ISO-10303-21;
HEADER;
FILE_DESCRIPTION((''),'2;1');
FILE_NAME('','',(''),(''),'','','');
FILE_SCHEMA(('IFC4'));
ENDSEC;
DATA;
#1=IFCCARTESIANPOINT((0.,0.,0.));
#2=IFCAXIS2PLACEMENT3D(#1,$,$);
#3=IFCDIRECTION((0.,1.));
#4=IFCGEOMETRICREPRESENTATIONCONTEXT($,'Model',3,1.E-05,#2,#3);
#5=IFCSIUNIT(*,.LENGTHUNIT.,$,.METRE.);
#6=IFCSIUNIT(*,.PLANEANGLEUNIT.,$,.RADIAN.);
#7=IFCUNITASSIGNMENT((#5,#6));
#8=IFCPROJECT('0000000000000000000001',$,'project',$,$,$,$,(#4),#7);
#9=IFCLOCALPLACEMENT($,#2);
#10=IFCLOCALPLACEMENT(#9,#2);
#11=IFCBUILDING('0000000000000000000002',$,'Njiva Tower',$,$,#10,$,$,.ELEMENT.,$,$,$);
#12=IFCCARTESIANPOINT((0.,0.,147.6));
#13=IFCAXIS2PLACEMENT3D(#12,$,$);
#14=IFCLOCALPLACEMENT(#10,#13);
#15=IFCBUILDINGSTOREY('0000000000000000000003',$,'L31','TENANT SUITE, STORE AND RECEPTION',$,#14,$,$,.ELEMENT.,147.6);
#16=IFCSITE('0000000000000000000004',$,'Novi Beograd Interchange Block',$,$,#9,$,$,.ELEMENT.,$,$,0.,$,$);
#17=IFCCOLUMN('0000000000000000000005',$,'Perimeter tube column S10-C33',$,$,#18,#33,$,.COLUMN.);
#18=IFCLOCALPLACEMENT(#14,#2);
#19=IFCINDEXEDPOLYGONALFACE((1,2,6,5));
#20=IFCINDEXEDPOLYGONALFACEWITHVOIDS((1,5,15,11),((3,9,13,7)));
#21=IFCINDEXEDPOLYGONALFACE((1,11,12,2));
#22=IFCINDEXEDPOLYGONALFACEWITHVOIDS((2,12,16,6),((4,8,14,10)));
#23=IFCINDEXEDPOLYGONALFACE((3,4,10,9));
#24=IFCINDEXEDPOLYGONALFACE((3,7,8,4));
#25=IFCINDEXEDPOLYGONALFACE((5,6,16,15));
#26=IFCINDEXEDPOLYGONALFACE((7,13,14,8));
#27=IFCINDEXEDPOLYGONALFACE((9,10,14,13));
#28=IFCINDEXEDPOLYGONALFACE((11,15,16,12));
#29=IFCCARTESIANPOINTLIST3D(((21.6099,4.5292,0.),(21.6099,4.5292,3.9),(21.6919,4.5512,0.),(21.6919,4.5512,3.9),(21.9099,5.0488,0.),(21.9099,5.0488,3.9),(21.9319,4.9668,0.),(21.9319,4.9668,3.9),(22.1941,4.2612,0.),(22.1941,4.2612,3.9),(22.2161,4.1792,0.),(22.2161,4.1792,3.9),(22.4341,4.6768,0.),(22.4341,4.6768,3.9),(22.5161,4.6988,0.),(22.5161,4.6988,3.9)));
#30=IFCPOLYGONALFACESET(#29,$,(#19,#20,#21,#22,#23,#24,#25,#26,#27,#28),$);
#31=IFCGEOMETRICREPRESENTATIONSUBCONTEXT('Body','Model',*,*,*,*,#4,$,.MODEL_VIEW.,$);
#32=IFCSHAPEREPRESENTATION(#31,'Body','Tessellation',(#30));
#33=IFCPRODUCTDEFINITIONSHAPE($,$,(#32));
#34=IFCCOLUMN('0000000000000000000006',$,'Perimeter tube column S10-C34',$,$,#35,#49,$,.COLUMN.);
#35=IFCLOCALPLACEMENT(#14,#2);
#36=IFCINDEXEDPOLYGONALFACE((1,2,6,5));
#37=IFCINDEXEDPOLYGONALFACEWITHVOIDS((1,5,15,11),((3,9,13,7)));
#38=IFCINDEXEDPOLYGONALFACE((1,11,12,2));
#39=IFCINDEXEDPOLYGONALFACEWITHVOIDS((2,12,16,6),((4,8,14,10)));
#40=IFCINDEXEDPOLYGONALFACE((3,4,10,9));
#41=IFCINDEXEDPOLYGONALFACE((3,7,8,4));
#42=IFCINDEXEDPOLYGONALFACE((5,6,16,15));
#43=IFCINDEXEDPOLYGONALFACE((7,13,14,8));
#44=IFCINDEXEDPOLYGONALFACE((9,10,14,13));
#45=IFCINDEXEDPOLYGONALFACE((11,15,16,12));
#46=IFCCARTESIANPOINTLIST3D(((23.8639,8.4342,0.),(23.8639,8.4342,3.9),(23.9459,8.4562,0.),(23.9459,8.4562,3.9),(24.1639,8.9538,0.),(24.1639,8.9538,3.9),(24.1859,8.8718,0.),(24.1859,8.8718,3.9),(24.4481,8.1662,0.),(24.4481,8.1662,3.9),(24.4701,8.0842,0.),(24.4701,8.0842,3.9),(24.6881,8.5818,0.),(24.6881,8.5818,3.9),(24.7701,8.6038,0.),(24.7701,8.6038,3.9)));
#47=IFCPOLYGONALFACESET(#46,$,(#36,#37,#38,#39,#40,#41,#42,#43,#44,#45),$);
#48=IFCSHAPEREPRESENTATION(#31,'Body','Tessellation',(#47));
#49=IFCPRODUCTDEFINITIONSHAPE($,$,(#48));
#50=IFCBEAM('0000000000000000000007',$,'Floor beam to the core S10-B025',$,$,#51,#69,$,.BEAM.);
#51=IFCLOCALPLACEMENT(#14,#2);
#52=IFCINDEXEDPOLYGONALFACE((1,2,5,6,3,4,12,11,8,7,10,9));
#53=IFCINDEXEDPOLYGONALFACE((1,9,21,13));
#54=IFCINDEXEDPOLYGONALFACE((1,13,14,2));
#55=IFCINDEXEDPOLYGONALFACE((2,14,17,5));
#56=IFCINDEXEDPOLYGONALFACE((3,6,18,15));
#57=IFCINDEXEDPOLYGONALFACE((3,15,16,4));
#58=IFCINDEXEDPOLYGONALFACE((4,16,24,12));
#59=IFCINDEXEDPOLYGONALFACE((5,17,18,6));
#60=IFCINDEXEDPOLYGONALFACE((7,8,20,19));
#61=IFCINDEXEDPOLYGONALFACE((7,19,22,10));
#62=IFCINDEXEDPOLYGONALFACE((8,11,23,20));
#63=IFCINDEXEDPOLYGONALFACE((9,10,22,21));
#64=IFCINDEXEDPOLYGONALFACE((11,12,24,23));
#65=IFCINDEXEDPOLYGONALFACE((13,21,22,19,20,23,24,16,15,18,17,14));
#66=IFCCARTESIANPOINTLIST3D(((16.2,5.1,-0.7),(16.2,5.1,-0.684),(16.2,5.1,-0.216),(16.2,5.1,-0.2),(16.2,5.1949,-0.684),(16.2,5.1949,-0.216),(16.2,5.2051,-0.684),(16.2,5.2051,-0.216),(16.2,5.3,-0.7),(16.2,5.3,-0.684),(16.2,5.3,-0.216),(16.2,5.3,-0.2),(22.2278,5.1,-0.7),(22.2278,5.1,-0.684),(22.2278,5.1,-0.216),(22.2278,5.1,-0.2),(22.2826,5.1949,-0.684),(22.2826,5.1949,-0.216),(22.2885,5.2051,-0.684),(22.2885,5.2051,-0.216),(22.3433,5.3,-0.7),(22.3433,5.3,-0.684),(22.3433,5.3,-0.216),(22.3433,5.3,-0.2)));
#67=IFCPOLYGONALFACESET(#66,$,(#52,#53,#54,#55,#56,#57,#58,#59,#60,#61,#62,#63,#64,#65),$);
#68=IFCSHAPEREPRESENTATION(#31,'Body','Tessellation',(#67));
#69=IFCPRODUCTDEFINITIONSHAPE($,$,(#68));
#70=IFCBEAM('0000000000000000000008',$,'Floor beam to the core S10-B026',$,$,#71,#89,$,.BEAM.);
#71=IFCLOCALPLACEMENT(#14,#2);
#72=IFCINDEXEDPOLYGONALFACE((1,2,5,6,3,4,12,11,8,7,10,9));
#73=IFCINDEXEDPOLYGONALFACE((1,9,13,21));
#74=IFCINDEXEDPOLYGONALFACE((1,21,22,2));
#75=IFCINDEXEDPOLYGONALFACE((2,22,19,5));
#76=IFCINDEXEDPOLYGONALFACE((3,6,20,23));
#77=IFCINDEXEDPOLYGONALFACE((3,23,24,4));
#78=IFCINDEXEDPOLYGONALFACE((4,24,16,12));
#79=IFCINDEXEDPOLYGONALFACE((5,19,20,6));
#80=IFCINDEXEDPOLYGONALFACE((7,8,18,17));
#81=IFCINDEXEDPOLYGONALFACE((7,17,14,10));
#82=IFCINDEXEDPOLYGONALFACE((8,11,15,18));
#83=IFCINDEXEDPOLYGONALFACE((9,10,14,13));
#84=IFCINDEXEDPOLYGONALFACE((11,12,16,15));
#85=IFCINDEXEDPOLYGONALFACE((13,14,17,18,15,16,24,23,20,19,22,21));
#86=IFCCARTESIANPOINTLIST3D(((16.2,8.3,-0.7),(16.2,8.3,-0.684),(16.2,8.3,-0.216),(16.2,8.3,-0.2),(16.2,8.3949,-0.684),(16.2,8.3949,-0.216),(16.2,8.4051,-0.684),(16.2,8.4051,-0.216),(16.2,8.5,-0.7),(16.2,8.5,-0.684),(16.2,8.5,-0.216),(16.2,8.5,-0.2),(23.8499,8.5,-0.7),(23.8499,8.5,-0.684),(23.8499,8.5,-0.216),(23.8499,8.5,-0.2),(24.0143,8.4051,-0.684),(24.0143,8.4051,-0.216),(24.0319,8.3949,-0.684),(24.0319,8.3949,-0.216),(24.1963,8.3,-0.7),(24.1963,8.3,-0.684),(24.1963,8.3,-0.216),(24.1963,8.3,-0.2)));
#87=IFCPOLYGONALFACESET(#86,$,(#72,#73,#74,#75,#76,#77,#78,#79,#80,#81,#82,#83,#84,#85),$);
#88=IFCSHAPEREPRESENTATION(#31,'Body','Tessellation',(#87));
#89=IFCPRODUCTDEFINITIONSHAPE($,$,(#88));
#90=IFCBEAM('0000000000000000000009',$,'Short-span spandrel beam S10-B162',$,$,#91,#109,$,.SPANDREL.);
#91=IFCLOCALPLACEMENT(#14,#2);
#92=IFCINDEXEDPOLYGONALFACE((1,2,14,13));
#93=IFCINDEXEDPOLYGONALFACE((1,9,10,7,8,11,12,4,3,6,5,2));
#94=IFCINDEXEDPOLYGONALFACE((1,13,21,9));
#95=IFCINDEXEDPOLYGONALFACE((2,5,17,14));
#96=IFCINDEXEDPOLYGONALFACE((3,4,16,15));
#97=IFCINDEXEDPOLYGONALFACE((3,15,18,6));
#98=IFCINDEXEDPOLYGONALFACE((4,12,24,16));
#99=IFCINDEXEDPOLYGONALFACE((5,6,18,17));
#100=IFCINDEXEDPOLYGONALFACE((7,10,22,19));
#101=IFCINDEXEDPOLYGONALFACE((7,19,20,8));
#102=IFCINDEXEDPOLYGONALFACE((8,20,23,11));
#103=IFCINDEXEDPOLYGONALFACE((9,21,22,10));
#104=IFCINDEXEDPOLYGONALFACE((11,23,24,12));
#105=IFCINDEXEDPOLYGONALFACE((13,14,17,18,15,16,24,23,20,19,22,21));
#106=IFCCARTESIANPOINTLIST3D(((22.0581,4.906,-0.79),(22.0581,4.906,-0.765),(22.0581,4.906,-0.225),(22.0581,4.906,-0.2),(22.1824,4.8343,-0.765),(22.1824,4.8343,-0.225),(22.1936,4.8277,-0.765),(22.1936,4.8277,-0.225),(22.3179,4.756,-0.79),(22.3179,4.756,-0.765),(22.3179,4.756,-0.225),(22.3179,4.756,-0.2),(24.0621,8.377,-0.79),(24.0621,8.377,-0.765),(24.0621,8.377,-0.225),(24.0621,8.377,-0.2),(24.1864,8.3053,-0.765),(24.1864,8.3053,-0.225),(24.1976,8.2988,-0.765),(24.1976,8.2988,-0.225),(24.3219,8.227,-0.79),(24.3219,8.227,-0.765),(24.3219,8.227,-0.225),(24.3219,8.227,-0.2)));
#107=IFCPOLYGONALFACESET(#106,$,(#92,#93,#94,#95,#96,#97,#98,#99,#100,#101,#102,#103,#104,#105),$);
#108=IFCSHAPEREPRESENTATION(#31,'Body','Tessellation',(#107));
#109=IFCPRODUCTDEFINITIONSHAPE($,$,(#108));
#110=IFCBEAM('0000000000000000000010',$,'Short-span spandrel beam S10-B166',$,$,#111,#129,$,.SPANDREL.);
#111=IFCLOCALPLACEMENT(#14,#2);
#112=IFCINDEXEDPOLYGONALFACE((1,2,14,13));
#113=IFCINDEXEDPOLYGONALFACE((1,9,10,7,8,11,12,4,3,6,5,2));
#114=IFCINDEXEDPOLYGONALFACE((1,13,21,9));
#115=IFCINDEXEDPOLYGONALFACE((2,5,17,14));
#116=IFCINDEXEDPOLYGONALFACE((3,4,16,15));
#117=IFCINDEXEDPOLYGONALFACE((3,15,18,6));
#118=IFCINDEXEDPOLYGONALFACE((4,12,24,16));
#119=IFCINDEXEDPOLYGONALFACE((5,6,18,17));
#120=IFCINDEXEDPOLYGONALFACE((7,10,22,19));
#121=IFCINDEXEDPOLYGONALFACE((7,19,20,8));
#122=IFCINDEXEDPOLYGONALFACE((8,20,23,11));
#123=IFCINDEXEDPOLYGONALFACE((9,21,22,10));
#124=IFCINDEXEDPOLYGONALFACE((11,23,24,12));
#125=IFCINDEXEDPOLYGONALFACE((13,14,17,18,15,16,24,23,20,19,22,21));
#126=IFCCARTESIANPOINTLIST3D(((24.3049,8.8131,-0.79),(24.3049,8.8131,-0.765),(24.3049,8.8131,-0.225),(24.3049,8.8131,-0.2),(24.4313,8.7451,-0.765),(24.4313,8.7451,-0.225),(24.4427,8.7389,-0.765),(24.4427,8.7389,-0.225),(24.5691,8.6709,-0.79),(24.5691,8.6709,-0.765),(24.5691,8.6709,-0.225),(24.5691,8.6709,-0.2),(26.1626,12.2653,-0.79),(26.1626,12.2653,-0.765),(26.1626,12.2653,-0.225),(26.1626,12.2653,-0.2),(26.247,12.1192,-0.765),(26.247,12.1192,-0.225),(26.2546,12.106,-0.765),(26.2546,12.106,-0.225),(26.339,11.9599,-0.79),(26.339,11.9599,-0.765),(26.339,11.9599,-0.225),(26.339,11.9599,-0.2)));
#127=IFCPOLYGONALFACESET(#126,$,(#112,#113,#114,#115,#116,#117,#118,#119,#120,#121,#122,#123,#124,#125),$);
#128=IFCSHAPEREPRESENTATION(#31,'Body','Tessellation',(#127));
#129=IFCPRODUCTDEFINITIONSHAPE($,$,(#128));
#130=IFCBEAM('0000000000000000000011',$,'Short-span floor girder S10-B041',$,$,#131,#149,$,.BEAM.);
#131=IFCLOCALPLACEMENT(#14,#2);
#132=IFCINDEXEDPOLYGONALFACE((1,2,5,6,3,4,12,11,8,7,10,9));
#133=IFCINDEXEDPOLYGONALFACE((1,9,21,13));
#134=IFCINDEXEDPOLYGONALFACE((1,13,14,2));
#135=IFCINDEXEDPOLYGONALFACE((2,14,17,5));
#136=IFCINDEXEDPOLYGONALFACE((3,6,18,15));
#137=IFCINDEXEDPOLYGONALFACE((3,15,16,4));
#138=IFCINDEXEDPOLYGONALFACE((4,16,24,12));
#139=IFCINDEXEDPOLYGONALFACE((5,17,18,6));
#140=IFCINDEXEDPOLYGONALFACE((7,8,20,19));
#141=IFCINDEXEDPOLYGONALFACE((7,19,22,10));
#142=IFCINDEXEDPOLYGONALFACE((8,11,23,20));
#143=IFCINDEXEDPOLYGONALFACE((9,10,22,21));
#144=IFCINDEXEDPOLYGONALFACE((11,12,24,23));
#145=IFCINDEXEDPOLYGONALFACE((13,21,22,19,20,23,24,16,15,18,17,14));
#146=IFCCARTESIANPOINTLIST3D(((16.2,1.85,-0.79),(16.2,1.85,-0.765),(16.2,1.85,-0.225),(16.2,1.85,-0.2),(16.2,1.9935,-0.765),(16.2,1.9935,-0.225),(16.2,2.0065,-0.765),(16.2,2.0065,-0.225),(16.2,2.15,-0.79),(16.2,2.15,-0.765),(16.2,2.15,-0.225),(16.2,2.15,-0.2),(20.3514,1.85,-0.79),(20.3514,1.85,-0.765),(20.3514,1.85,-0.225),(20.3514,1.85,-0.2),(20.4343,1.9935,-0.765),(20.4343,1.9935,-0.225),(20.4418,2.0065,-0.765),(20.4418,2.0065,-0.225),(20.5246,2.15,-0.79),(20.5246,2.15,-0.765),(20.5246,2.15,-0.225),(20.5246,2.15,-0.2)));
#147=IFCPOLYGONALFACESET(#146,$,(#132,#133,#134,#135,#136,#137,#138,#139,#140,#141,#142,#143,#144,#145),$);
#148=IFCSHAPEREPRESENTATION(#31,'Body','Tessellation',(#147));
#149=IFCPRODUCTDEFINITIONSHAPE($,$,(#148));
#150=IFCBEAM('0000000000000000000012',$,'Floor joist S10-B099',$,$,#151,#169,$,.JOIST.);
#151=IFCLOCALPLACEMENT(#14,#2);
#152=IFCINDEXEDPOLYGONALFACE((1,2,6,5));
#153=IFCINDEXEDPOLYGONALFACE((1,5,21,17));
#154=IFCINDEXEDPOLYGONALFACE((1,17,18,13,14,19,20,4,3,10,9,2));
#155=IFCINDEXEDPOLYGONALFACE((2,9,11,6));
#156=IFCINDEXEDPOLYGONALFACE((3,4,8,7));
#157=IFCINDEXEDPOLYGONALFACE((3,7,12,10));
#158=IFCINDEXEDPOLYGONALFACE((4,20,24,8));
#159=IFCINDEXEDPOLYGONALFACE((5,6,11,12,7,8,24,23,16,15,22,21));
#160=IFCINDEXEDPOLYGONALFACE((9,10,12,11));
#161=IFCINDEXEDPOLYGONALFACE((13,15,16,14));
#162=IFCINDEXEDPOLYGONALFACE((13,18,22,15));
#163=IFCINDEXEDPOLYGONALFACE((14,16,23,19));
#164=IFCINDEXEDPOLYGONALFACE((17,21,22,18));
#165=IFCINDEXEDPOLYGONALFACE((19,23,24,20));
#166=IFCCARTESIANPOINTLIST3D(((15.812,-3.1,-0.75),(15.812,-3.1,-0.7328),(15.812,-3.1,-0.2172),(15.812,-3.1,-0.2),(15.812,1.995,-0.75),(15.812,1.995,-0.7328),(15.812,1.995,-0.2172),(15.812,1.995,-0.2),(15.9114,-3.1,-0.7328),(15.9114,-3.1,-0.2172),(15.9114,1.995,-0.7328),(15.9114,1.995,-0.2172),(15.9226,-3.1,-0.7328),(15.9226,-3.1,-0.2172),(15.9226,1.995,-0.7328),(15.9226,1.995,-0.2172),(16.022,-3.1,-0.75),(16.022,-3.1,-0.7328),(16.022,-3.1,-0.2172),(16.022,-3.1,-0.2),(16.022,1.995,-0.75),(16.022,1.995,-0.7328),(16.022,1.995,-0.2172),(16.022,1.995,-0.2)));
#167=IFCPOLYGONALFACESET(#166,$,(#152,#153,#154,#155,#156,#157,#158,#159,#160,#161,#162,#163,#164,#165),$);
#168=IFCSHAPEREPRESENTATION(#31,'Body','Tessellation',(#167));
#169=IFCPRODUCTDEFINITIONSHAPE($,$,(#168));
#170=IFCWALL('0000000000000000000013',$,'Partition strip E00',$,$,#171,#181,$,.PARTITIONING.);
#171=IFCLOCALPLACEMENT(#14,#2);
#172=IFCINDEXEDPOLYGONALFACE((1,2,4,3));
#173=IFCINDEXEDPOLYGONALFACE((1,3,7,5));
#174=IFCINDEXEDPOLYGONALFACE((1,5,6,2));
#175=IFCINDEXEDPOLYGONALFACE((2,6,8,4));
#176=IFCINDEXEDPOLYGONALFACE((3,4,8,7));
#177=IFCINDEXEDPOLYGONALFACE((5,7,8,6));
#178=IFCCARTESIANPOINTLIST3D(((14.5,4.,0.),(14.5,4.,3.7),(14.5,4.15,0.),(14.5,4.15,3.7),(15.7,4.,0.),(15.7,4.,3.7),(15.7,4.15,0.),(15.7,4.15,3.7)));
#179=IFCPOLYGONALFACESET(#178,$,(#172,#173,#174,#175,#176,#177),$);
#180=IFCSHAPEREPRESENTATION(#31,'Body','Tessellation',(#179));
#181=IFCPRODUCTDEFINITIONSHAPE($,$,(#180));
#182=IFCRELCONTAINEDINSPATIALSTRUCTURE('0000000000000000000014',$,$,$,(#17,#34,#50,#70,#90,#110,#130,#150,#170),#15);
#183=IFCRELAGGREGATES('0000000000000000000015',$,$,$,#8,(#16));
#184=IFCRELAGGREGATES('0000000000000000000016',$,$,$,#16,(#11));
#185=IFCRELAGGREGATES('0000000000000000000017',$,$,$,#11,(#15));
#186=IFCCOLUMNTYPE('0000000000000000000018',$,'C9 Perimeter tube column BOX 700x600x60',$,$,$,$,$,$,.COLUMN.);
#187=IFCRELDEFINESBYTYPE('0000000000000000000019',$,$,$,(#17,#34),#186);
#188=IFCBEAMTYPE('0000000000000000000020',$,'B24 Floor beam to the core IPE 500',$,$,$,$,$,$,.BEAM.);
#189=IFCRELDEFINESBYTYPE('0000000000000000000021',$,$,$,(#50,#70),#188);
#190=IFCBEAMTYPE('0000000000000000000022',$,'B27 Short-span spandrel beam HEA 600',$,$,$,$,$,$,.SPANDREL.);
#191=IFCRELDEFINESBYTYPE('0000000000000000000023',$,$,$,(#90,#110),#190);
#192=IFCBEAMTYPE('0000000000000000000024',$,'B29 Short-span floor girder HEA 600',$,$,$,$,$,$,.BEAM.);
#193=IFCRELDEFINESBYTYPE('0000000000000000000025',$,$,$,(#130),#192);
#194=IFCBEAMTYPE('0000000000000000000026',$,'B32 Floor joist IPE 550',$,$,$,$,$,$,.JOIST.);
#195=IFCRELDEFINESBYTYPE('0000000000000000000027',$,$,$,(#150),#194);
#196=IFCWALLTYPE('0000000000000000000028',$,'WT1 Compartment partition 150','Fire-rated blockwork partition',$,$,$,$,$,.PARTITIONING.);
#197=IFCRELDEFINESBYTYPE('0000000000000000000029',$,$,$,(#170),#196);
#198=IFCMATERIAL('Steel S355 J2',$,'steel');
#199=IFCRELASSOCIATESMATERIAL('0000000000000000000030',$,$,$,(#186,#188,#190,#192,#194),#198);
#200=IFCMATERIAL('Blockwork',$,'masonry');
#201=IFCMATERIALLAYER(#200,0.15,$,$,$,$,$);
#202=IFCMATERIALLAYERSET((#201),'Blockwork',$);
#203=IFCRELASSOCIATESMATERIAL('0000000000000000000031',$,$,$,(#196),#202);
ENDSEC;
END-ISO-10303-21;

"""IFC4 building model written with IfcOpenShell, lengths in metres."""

from ifc_helpers import new_model, si_unit, direction, frame, frame_2d, origin, origin_2d, place, context, subcontext, project, spatial, rectangle, hollow_rectangle, i_section, extrude, clip, halfspace, material, layer, layer_set, material_profile, profile_set, type_object, element, save


model = new_model("IFC4")

# Units and contexts
model_context = context("Model", 3, precision=1e-05, world=origin(), true_north=direction((0.0, 1.0)))
body_context = subcontext(model_context, "Body", "Model", "MODEL_VIEW")
ifc_project = project(units=[si_unit("LENGTHUNIT", "METRE"), si_unit("PLANEANGLEUNIT", "RADIAN")], contexts=[model_context])

# Site, building, storey
site_placement = place(None, origin())
site = spatial("IfcSite", under=ifc_project, at=site_placement, Name="Novi Beograd Interchange Block", CompositionType="ELEMENT", RefElevation=0.0)
building_placement = place(site_placement, origin())
building = spatial("IfcBuilding", under=site, at=building_placement, Name="Njiva Tower", CompositionType="ELEMENT")
storey_placement = place(building_placement, frame((0.0, 0.0, 147.6)))
storey = spatial("IfcBuildingStorey", under=building, at=storey_placement, Name="L31", Description="TENANT SUITE, STORE AND RECEPTION", CompositionType="ELEMENT", Elevation=147.6)

# Columns
ifc_material_1 = material(Name="Steel S355 J2", Category="steel")
ifc_material_profile_1 = material_profile(ifc_material_1, hollow_rectangle(XDim=0.6, YDim=0.7, WallThickness=0.06, at=origin_2d()), Name="BOX 700x600x60")
ifc_profile_set_1 = profile_set([ifc_material_profile_1], Name="Steel S355 J2")
column_type = type_object("IfcColumnType", Name="C9 Perimeter tube column BOX 700x600x60", PredefinedType="COLUMN", material=ifc_profile_set_1)
for number, where, z_axis, x_axis, name in (
    (1, (22.063, 4.614, 0.0), (0.0, 0.0, 1.0), (0.5, 0.866025, 0.0), "Perimeter tube column S10-C33"),
    (2, (24.317, 8.519, 0.0), (0.0, 0.0, 1.0), (0.5, 0.866025, 0.0), "Perimeter tube column S10-C34"),
):
    element("IfcColumn", number, at=place(storey_placement, frame(where, z_axis=z_axis, x_axis=x_axis)), inside=storey, type_object=column_type, Name=name, PredefinedType="COLUMN", context=body_context, shape_type="SweptSolid", body=[
        extrude(hollow_rectangle(XDim=0.6, YDim=0.7, WallThickness=0.06, at=origin_2d()), origin(), (0.0, 0.0, 1.0), 3.9),
    ])

# Beams
ifc_material_profile_2 = material_profile(ifc_material_1, i_section(OverallWidth=0.2, OverallDepth=0.5, WebThickness=0.0102, FlangeThickness=0.016, at=origin_2d()), Name="IPE 500")
ifc_profile_set_2 = profile_set([ifc_material_profile_2], Name="Steel S355 J2")
beam_type_1 = type_object("IfcBeamType", Name="B24 Floor beam to the core IPE 500", PredefinedType="BEAM", material=ifc_profile_set_2)
beam_1_placement = place(storey_placement, frame((16.2, 5.2, -0.45), z_axis=(1.0, 0.0, 0.0), x_axis=(0.0, 1.0, 0.0)))
element("IfcBeam", 3, at=beam_1_placement, inside=storey, type_object=beam_type_1, Name="Floor beam to the core S10-B025", PredefinedType="BEAM", context=body_context, shape_type="Clipping", body=[
    clip(extrude(i_section(OverallWidth=0.2, OverallDepth=0.5, WebThickness=0.0102, FlangeThickness=0.016, at=origin_2d()), origin(), (0.0, 0.0, 1.0), 6.164), halfspace(frame((-0.025, 0.0, 6.0711), z_axis=(-0.499998, 0.0, 0.866027), x_axis=(0.0, 1.0, 0.0)), False)),
])
beam_2_placement = place(storey_placement, frame((16.2, 8.4, -0.45), z_axis=(1.0, 0.0, 0.0), x_axis=(0.0, 1.0, 0.0)))
element("IfcBeam", 4, at=beam_2_placement, inside=storey, type_object=beam_type_1, Name="Floor beam to the core S10-B026", PredefinedType="BEAM", context=body_context, shape_type="Clipping", body=[
    clip(extrude(i_section(OverallWidth=0.2, OverallDepth=0.5, WebThickness=0.0102, FlangeThickness=0.016, at=origin_2d()), origin(), (0.0, 0.0, 1.0), 8.016), halfspace(frame((0.0433, 0.0, 7.7481), z_axis=(0.866027, 0.0, 0.499998), x_axis=(0.0, 1.0, 0.0)), False)),
])
ifc_material_profile_3 = material_profile(ifc_material_1, i_section(OverallWidth=0.3, OverallDepth=0.59, WebThickness=0.013, FlangeThickness=0.025, at=origin_2d()), Name="HEA 600")
ifc_profile_set_3 = profile_set([ifc_material_profile_3], Name="Steel S355 J2")
beam_type_2 = type_object("IfcBeamType", Name="B27 Short-span spandrel beam HEA 600", PredefinedType="SPANDREL", material=ifc_profile_set_3)
beam_3_placement = place(storey_placement, frame((22.188, 4.831, -0.495), z_axis=(0.500003, 0.866024, 0.0), x_axis=(-0.866024, 0.500003, 0.0)))
element("IfcBeam", 5, at=beam_3_placement, inside=storey, type_object=beam_type_2, Name="Short-span spandrel beam S10-B162", PredefinedType="SPANDREL", context=body_context, shape_type="SweptSolid", body=[
    extrude(i_section(OverallWidth=0.3, OverallDepth=0.59, WebThickness=0.013, FlangeThickness=0.025, at=origin_2d()), origin(), (0.0, 0.0, 1.0), 4.008),
])
beam_4_placement = place(storey_placement, frame((24.437, 8.742, -0.495), z_axis=(0.473866, 0.880597, 0.0), x_axis=(-0.880597, 0.473866, 0.0)))
element("IfcBeam", 6, at=beam_4_placement, inside=storey, type_object=beam_type_2, Name="Short-span spandrel beam S10-B166", PredefinedType="SPANDREL", context=body_context, shape_type="Clipping", body=[
    clip(extrude(i_section(OverallWidth=0.3, OverallDepth=0.59, WebThickness=0.013, FlangeThickness=0.025, at=origin_2d()), origin(), (0.0, 0.0, 1.0), 3.9411), halfspace(frame((-0.026, 0.0, 3.8116), z_axis=(-0.525688, 0.0, 0.850677), x_axis=(0.0, 1.0, 0.0)), False)),
])
ifc_material_profile_4 = material_profile(ifc_material_1, i_section(OverallWidth=0.3, OverallDepth=0.59, WebThickness=0.013, FlangeThickness=0.025, at=origin_2d()), Name="HEA 600")
ifc_profile_set_4 = profile_set([ifc_material_profile_4], Name="Steel S355 J2")
beam_type_3 = type_object("IfcBeamType", Name="B29 Short-span floor girder HEA 600", PredefinedType="BEAM", material=ifc_profile_set_4)
beam_5_placement = place(storey_placement, frame((16.2, 2.0, -0.495), z_axis=(1.0, 0.0, 0.0), x_axis=(0.0, 1.0, 0.0)))
element("IfcBeam", 7, at=beam_5_placement, inside=storey, type_object=beam_type_3, Name="Short-span floor girder S10-B041", PredefinedType="BEAM", context=body_context, shape_type="Clipping", body=[
    clip(extrude(i_section(OverallWidth=0.3, OverallDepth=0.59, WebThickness=0.013, FlangeThickness=0.025, at=origin_2d()), origin(), (0.0, 0.0, 1.0), 4.345), halfspace(frame((-0.025, 0.0, 4.2236), z_axis=(-0.499998, 0.0, 0.866027), x_axis=(0.0, 1.0, 0.0)), False)),
])
ifc_material_profile_5 = material_profile(ifc_material_1, i_section(OverallWidth=0.21, OverallDepth=0.55, WebThickness=0.0111, FlangeThickness=0.0172, at=origin_2d()), Name="IPE 550")
ifc_profile_set_5 = profile_set([ifc_material_profile_5], Name="Steel S355 J2")
beam_type_4 = type_object("IfcBeamType", Name="B32 Floor joist IPE 550", PredefinedType="JOIST", material=ifc_profile_set_5)
beam_6_placement = place(storey_placement, frame((15.917, 1.995, -0.475), z_axis=(0.0, -1.0, 0.0), x_axis=(1.0, 0.0, 0.0)))
element("IfcBeam", 8, at=beam_6_placement, inside=storey, type_object=beam_type_4, Name="Floor joist S10-B099", PredefinedType="JOIST", context=body_context, shape_type="SweptSolid", body=[
    extrude(i_section(OverallWidth=0.21, OverallDepth=0.55, WebThickness=0.0111, FlangeThickness=0.0172, at=origin_2d()), origin(), (0.0, 0.0, 1.0), 5.095),
])

# Wall
ifc_material_2 = material(Name="Blockwork", Category="masonry")
ifc_layer_1 = layer(ifc_material_2, 0.15)
ifc_layer_set_1 = layer_set([ifc_layer_1], Name="Blockwork")
wall_type_1 = type_object("IfcWallType", Name="WT1 Compartment partition 150", Description="Fire-rated blockwork partition", PredefinedType="PARTITIONING", material=ifc_layer_set_1)
wall_1_placement = place(storey_placement, frame((14.5, 4.075, 0.0), z_axis=(0.0, 0.0, 1.0), x_axis=(1.0, 0.0, 0.0)))
element("IfcWall", 9, at=wall_1_placement, inside=storey, type_object=wall_type_1, Name="Partition strip E00", PredefinedType="PARTITIONING", context=body_context, shape_type="SweptSolid", body=[
    extrude(rectangle(XDim=1.2, YDim=0.15, at=frame_2d((0.6, 0.0))), origin(), (0.0, 0.0, 1.0), 3.7),
])

save(model, "model.ifc")
